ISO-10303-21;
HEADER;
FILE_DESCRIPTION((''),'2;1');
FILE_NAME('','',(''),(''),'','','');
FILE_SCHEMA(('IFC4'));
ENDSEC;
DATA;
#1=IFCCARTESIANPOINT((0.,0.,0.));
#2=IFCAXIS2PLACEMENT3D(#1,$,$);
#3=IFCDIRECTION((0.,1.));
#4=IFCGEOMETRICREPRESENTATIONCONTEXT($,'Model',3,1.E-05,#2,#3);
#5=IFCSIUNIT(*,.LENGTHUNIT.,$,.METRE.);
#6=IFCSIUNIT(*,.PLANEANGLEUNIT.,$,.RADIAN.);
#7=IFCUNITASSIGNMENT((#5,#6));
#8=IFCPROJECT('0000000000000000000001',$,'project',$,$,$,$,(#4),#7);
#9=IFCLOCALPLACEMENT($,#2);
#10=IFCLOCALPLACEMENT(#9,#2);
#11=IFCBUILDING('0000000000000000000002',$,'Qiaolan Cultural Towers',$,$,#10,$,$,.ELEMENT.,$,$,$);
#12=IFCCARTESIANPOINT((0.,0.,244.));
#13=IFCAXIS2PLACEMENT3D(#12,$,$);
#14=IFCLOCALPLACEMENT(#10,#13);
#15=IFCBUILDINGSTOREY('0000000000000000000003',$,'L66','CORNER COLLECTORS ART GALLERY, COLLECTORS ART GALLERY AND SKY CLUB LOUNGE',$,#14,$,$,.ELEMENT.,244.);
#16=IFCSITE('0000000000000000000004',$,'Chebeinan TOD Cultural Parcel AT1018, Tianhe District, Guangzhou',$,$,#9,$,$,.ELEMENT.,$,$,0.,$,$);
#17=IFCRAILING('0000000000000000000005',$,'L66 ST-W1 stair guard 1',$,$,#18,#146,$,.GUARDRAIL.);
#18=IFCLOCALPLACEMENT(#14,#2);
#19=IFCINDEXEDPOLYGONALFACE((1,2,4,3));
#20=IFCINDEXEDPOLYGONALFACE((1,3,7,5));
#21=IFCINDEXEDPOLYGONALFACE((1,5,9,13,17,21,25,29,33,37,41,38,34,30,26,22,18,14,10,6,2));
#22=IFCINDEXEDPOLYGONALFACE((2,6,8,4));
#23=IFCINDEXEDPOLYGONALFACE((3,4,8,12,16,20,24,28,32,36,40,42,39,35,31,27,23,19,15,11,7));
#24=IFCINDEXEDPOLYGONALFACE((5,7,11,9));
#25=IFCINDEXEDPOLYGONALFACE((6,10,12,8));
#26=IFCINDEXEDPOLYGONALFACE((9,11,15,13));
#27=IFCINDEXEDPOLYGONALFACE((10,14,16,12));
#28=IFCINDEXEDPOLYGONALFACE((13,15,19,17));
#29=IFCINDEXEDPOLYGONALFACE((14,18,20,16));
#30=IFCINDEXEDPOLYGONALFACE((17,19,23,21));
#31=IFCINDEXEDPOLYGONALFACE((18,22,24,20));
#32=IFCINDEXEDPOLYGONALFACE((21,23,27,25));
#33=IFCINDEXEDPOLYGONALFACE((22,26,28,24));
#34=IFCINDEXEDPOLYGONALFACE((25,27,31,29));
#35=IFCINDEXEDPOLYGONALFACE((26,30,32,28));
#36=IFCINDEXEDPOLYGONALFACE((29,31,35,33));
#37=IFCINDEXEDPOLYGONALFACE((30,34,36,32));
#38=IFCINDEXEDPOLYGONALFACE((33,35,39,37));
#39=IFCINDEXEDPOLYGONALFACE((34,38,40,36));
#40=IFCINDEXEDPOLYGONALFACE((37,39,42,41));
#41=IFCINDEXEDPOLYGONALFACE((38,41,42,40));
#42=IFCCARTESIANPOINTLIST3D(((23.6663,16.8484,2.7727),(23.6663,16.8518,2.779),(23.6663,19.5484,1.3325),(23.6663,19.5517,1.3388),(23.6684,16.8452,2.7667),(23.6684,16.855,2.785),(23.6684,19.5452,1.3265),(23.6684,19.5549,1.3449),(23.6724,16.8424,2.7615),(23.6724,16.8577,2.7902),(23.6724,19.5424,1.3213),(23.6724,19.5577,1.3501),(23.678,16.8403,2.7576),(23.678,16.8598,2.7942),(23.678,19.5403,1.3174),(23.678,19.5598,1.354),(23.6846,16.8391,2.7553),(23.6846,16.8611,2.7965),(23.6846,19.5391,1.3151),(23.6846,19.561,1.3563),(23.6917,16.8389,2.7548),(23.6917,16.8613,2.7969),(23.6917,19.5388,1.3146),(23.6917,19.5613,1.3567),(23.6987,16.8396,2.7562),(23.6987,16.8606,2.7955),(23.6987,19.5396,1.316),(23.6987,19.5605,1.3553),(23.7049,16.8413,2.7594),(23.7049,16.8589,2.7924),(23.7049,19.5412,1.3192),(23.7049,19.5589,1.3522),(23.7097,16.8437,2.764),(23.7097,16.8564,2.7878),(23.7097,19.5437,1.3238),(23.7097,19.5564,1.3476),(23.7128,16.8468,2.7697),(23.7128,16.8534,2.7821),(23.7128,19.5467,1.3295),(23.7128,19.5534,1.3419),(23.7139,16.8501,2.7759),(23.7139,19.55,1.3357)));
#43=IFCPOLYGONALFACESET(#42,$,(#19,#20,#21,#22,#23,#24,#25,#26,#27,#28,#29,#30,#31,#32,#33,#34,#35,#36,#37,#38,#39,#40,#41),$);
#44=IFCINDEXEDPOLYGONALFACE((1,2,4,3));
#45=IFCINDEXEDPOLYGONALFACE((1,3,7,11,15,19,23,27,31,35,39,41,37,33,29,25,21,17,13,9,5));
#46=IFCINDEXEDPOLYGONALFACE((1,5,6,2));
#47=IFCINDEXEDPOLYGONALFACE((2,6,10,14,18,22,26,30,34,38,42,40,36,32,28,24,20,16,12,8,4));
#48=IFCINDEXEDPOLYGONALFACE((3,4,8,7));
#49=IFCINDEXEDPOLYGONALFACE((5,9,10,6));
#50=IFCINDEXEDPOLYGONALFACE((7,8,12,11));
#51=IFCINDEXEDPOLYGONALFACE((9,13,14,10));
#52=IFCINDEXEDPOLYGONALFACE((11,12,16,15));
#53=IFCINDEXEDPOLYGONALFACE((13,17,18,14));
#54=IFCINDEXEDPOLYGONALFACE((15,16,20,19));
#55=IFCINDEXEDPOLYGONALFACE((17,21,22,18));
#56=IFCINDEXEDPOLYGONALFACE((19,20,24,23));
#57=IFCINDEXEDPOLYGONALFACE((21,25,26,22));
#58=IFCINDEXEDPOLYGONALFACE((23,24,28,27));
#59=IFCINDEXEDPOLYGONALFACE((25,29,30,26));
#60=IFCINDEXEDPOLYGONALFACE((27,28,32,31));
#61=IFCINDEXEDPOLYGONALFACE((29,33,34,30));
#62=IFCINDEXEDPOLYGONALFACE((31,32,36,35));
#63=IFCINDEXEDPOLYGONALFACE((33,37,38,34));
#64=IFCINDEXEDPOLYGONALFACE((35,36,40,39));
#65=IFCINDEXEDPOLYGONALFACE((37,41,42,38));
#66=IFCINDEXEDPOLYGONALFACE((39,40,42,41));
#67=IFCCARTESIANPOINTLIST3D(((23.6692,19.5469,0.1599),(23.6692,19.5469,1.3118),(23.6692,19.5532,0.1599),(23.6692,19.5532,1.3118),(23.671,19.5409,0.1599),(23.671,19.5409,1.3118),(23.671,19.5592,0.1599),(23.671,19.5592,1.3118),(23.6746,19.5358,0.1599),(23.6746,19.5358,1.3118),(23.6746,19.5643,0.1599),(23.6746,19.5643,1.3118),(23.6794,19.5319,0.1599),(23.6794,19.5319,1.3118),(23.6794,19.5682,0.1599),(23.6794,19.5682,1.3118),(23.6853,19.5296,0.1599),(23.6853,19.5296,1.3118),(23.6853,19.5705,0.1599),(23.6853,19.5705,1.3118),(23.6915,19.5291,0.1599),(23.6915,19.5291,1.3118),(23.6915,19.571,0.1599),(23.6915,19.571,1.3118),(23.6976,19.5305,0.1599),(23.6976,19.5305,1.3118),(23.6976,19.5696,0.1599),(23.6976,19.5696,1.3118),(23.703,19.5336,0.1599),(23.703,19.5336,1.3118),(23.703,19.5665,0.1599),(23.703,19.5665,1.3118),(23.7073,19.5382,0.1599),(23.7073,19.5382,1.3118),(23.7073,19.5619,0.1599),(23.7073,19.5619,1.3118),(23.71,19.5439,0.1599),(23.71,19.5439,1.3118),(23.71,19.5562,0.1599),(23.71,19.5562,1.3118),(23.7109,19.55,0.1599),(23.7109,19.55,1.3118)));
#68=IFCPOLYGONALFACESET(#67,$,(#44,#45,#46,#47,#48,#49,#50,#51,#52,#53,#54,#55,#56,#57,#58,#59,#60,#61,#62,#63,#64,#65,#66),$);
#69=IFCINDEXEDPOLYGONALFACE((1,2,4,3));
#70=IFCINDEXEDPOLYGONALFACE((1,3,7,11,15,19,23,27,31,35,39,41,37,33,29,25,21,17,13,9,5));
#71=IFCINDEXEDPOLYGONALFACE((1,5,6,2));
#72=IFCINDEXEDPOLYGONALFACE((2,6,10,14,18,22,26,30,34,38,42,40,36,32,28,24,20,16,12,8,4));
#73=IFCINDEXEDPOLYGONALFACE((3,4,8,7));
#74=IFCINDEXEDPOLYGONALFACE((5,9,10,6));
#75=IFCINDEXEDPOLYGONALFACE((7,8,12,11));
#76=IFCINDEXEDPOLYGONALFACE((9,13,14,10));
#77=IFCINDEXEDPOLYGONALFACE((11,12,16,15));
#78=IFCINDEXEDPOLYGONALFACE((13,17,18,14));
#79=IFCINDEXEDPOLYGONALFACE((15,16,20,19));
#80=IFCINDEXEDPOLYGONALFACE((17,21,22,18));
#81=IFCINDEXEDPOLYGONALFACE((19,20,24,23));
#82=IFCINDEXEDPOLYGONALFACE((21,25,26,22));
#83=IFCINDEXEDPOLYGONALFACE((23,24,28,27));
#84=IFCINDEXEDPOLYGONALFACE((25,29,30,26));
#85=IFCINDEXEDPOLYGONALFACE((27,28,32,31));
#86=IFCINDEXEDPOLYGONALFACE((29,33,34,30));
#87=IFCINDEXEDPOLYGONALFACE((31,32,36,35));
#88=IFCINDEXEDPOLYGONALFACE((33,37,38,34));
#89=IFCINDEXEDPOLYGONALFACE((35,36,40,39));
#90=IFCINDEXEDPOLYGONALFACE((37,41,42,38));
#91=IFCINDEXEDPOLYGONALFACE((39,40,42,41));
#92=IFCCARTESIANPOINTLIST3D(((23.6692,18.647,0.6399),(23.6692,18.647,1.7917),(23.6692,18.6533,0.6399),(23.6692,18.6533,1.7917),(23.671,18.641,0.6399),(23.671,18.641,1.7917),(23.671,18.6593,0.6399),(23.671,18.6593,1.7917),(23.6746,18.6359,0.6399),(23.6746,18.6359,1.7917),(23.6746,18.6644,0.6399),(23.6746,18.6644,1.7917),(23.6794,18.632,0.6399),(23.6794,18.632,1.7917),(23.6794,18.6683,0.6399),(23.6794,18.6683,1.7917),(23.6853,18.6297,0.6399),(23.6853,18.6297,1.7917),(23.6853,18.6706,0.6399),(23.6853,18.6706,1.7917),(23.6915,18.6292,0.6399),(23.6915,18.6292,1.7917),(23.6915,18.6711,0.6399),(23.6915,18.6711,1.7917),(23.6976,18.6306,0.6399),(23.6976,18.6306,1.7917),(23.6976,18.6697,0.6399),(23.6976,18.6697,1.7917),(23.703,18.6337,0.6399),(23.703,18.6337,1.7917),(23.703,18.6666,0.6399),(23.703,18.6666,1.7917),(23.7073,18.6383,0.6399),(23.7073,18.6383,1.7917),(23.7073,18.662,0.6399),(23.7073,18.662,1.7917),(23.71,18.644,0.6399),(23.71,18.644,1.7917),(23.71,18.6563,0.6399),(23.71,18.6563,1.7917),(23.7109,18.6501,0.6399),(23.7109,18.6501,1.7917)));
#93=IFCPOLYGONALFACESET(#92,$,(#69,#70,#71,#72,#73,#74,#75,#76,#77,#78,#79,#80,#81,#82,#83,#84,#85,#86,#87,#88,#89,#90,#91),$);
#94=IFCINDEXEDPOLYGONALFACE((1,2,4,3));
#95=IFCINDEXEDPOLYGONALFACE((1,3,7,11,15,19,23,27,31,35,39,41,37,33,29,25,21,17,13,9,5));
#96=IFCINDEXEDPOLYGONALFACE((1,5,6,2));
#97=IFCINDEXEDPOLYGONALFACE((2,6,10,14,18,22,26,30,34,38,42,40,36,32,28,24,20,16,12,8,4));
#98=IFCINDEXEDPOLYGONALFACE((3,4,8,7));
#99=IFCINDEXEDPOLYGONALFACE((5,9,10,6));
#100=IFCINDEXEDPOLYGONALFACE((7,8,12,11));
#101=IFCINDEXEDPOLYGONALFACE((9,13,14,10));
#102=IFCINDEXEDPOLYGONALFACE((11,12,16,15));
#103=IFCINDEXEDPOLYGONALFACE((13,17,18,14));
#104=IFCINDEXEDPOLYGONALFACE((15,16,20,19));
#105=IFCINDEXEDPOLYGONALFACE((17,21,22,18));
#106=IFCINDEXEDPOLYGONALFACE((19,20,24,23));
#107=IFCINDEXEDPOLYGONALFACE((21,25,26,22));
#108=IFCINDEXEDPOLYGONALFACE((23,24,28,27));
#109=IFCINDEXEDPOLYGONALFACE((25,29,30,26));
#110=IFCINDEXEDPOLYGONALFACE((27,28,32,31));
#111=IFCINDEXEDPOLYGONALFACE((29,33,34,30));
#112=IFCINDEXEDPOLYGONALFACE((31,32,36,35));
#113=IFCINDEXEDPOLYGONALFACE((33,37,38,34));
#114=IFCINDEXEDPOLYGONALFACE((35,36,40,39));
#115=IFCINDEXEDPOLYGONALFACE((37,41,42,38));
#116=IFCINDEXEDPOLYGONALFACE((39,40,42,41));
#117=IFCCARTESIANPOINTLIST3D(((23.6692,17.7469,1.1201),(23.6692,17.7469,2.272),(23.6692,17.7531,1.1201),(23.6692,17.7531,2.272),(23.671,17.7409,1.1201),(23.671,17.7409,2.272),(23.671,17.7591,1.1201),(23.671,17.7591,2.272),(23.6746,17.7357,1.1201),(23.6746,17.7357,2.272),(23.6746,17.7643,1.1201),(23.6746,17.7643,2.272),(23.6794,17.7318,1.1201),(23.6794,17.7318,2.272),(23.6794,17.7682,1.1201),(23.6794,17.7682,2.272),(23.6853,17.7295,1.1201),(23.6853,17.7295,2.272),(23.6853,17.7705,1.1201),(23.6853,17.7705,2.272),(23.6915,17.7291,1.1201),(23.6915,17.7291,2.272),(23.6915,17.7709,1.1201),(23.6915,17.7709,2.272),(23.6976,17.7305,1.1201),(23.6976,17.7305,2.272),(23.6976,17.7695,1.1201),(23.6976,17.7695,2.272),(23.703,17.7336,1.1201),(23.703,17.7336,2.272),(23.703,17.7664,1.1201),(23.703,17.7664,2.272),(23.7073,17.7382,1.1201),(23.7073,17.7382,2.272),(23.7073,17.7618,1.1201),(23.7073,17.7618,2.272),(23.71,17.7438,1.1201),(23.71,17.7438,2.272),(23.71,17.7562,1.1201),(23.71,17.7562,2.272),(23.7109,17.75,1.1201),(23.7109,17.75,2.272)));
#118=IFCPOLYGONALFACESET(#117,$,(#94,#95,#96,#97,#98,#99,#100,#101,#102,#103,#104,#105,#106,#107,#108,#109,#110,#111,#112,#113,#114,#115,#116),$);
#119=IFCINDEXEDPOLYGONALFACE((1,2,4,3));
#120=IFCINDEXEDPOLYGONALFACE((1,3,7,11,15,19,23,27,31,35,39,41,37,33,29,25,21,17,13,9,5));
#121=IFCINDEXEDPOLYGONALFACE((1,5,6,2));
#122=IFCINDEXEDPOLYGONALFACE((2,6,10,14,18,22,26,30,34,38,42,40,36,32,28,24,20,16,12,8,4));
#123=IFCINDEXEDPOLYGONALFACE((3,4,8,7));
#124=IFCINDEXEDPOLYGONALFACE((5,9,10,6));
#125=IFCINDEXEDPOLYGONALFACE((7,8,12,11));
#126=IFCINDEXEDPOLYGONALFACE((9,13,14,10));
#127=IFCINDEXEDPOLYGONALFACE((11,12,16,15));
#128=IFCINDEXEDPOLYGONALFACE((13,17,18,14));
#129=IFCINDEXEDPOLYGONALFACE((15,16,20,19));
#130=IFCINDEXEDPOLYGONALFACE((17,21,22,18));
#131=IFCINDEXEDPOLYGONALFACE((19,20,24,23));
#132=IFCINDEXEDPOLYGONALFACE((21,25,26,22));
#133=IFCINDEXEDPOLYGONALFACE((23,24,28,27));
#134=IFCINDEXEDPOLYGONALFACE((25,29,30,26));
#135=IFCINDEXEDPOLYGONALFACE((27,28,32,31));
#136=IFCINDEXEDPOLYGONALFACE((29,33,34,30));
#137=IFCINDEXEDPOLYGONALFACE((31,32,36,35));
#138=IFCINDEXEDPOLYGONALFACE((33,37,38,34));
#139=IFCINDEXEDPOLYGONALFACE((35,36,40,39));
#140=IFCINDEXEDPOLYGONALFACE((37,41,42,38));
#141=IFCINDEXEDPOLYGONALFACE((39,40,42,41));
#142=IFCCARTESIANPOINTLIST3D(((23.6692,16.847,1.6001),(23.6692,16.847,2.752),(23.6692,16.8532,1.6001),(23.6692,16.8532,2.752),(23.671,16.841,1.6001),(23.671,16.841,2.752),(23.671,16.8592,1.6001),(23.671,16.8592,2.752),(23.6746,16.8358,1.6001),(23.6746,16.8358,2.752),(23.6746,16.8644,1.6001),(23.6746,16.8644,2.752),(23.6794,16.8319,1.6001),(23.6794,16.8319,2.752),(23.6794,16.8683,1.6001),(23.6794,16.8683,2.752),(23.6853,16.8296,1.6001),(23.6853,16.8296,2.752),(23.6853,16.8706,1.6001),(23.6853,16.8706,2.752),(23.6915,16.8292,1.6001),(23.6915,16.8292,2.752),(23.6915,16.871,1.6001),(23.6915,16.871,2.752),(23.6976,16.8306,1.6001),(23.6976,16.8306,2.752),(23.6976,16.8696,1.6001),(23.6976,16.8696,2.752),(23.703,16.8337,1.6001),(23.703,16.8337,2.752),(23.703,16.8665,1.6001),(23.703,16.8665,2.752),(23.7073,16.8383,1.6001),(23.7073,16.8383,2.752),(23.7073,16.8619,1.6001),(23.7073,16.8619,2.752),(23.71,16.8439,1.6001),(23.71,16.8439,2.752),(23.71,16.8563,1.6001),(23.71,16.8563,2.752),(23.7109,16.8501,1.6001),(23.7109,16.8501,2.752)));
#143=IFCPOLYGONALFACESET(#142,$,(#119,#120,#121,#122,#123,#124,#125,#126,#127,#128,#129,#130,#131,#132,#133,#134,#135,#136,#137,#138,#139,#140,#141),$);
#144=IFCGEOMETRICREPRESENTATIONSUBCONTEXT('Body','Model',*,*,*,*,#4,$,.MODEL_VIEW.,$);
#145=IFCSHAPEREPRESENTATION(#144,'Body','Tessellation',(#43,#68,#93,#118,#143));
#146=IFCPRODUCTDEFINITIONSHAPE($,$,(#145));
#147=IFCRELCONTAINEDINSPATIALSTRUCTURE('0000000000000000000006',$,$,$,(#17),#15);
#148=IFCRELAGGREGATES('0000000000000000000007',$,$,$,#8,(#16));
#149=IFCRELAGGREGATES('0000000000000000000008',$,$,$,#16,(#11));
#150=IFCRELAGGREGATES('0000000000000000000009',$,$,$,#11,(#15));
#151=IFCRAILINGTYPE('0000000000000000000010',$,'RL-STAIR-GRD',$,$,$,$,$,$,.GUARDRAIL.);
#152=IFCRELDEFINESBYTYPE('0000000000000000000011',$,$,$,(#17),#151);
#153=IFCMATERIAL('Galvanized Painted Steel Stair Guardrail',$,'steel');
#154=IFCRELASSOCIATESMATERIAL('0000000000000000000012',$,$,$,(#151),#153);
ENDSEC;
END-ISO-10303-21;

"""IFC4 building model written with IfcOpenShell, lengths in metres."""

from ifc_helpers import new_model, si_unit, direction, frame, origin, origin_2d, place, context, subcontext, project, spatial, circle, extrude, material, type_object, element, save


model = new_model("IFC4")

# Units and contexts
model_context = context("Model", 3, precision=1e-05, world=origin(), true_north=direction((0.0, 1.0)))
body_context = subcontext(model_context, "Body", "Model", "MODEL_VIEW")
ifc_project = project(units=[si_unit("LENGTHUNIT", "METRE"), si_unit("PLANEANGLEUNIT", "RADIAN")], contexts=[model_context])

# Site, building, storey
site_placement = place(None, origin())
site = spatial("IfcSite", under=ifc_project, at=site_placement, Name="Chebeinan TOD Cultural Parcel AT1018, Tianhe District, Guangzhou", CompositionType="ELEMENT", RefElevation=0.0)
building_placement = place(site_placement, origin())
building = spatial("IfcBuilding", under=site, at=building_placement, Name="Qiaolan Cultural Towers", CompositionType="ELEMENT")
storey_placement = place(building_placement, frame((0.0, 0.0, 244.0)))
storey = spatial("IfcBuildingStorey", under=building, at=storey_placement, Name="L66", Description="CORNER COLLECTORS ART GALLERY, COLLECTORS ART GALLERY AND SKY CLUB LOUNGE", CompositionType="ELEMENT", Elevation=244.0)

# Railing
ifc_material_1 = material(Name="Galvanized Painted Steel Stair Guardrail", Category="steel")
railing_type_1 = type_object("IfcRailingType", Name="RL-STAIR-GRD", PredefinedType="GUARDRAIL", material=ifc_material_1)
railing_1_placement = place(storey_placement, frame((23.6899, 19.55, 0.1599)))
element("IfcRailing", 1, at=railing_1_placement, inside=storey, type_object=railing_type_1, Name="L66 ST-W1 stair guard 1", PredefinedType="GUARDRAIL", context=body_context, shape_type="SweptSolid", body=[
    extrude(circle(Radius=0.0239, at=origin_2d()), frame((0.0, 0.0, 1.1758), z_axis=(0.0, -0.882324, 0.470642), x_axis=(1.0, 0.0, 0.0)), (0.0, 0.0, 1.0), 3.0601),
    extrude(circle(Radius=0.021, at=origin_2d()), origin(), (0.0, 0.0, 1.0), 1.1519),
    extrude(circle(Radius=0.021, at=origin_2d()), frame((0.0, -0.8999, 0.48)), (0.0, 0.0, 1.0), 1.1519),
    extrude(circle(Radius=0.021, at=origin_2d()), frame((0.0, -1.8, 0.9602)), (0.0, 0.0, 1.0), 1.1519),
    extrude(circle(Radius=0.021, at=origin_2d()), frame((0.0, -2.7, 1.4402)), (0.0, 0.0, 1.0), 1.1519),
])

save(model, "model.ifc")
